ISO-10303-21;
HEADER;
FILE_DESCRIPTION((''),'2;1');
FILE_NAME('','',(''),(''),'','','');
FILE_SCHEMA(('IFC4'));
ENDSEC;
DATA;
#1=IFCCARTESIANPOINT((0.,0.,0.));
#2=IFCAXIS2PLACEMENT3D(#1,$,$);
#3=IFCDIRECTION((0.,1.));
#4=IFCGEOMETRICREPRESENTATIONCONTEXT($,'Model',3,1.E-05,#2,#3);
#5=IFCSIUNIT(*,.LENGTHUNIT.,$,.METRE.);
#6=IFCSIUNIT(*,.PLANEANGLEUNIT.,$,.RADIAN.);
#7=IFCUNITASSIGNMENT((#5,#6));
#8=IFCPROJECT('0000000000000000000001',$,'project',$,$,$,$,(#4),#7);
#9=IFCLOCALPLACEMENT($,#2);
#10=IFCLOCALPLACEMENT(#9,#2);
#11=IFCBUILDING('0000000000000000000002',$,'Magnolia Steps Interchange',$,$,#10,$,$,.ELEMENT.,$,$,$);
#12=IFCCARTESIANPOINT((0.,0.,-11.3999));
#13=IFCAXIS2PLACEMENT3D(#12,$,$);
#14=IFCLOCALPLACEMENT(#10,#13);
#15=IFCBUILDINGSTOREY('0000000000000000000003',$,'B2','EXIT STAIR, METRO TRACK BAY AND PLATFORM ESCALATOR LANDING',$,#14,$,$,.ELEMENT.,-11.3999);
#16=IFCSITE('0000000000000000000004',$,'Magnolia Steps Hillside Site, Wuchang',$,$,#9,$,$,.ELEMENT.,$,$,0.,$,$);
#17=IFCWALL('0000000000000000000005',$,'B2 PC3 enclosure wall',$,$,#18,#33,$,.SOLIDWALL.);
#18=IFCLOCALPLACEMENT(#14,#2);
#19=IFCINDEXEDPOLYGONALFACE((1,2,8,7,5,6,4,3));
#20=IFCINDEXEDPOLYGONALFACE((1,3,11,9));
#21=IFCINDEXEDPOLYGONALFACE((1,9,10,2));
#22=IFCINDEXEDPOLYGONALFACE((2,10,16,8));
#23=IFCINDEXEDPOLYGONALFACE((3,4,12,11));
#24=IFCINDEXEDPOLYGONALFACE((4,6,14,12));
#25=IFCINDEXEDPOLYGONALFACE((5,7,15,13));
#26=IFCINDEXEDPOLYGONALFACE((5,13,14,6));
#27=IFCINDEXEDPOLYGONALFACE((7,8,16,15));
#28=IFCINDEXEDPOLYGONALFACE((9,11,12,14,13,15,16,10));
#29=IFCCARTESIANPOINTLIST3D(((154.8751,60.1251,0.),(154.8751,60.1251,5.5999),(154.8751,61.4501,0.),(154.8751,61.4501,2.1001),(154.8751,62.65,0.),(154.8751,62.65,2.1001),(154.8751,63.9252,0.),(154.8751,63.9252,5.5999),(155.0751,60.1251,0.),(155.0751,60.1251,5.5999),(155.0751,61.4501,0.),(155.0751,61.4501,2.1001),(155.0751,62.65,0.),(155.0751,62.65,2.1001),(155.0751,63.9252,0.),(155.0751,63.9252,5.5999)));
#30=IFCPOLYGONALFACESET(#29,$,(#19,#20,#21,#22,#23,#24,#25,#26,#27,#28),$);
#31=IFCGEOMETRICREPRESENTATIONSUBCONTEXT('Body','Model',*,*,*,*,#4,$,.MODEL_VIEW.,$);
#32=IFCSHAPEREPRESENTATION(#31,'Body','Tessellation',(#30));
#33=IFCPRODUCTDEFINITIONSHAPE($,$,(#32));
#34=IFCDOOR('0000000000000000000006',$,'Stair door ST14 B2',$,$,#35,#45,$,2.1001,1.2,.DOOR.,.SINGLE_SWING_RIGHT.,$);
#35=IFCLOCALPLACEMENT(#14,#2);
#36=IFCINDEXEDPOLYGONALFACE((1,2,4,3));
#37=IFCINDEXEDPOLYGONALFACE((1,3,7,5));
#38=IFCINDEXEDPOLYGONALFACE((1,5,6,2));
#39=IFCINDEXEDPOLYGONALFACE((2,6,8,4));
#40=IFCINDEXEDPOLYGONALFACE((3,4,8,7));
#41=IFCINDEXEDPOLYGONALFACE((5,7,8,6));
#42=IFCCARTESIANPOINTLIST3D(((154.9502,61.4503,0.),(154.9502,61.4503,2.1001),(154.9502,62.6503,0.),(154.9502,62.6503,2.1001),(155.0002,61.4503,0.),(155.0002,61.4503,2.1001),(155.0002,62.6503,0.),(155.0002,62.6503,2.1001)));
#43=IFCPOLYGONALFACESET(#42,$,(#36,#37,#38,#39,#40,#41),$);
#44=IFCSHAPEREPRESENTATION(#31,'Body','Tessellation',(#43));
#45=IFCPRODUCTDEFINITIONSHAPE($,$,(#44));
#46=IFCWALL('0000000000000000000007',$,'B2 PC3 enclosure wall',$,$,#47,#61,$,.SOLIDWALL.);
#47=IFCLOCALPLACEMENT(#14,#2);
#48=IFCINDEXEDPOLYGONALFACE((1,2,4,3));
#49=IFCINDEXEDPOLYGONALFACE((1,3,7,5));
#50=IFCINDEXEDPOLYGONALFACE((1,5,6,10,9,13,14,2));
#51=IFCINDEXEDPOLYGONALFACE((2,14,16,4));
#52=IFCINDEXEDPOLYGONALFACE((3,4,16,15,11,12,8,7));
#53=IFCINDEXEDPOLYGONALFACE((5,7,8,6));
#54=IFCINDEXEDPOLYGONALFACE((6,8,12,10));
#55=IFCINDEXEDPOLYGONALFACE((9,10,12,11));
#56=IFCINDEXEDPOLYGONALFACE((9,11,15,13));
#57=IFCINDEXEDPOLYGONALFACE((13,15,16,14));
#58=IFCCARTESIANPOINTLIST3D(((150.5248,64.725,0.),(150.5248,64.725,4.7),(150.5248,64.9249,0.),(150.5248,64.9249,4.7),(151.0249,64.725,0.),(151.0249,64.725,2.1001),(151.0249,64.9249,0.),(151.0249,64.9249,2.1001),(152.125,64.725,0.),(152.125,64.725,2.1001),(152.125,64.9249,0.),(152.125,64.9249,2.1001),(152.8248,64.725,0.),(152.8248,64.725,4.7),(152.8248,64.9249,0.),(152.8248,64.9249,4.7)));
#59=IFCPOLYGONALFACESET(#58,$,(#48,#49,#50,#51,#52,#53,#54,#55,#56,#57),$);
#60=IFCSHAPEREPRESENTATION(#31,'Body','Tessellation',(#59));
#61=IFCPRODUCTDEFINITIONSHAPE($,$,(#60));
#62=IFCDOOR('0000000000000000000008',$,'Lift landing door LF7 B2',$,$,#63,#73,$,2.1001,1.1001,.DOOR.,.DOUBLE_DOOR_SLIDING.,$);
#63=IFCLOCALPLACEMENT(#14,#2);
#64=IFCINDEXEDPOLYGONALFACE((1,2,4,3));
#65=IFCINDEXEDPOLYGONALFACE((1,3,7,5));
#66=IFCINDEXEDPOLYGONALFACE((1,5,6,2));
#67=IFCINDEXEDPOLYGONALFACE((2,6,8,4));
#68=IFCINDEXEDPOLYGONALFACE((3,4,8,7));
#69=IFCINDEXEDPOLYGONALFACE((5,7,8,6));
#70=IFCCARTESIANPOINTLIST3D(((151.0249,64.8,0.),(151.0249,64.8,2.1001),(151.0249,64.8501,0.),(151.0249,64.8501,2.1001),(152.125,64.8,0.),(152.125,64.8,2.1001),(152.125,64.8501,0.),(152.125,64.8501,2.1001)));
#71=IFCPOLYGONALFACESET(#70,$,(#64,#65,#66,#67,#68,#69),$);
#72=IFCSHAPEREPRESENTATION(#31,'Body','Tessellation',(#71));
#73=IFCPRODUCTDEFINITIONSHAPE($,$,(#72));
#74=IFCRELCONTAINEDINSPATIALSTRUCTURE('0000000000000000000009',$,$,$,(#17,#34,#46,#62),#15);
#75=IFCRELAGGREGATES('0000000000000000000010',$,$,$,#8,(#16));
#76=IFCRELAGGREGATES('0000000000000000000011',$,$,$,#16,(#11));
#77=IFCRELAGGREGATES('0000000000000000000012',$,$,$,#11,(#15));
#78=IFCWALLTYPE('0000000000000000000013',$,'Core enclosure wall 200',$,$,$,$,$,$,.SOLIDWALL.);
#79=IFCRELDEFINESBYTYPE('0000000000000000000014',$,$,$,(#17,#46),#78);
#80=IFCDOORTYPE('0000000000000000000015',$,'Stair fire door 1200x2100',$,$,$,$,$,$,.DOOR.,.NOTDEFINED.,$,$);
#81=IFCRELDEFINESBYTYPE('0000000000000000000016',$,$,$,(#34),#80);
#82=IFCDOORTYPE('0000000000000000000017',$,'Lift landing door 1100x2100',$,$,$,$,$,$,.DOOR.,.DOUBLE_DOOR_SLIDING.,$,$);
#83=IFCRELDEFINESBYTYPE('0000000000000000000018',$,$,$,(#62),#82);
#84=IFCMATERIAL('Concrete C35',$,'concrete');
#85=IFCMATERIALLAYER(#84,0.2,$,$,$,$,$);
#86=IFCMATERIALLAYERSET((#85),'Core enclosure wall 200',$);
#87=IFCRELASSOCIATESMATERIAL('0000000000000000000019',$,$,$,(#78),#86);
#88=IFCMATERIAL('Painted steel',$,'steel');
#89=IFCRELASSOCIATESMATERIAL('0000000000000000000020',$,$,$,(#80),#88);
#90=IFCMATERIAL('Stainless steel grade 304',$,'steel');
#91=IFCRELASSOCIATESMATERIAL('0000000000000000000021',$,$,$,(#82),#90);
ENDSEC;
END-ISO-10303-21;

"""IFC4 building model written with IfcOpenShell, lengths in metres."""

from ifc_helpers import new_model, si_unit, direction, frame, frame_2d, origin, place, context, subcontext, project, spatial, rectangle, extrude, material, layer, layer_set, type_object, element, fill, save


model = new_model("IFC4")

# Units and contexts
model_context = context("Model", 3, precision=1e-05, world=origin(), true_north=direction((0.0, 1.0)))
body_context = subcontext(model_context, "Body", "Model", "MODEL_VIEW")
ifc_project = project(units=[si_unit("LENGTHUNIT", "METRE"), si_unit("PLANEANGLEUNIT", "RADIAN")], contexts=[model_context])

# Site, building, storey
site_placement = place(None, origin())
site = spatial("IfcSite", under=ifc_project, at=site_placement, Name="Magnolia Steps Hillside Site, Wuchang", CompositionType="ELEMENT", RefElevation=0.0)
building_placement = place(site_placement, origin())
building = spatial("IfcBuilding", under=site, at=building_placement, Name="Magnolia Steps Interchange", CompositionType="ELEMENT")
storey_placement = place(building_placement, frame((0.0, 0.0, -11.3999)))
storey = spatial("IfcBuildingStorey", under=building, at=storey_placement, Name="B2", Description="EXIT STAIR, METRO TRACK BAY AND PLATFORM ESCALATOR LANDING", CompositionType="ELEMENT", Elevation=-11.3999)

# Shared definitions
ifc_material_1 = material(Name="Concrete C35", Category="concrete")
ifc_layer = layer(ifc_material_1, 0.2)
ifc_layer_set = layer_set([ifc_layer], Name="Core enclosure wall 200")
wall_type = type_object("IfcWallType", Name="Core enclosure wall 200", PredefinedType="SOLIDWALL", material=ifc_layer_set)

# Walls, openings, doors
wall_1_placement = place(storey_placement, frame((154.9751, 63.925, 0.0), z_axis=(0.0, 0.0, 1.0), x_axis=(0.0, -1.0, 0.0)))
wall_1 = element("IfcWall", 1, at=wall_1_placement, inside=storey, type_object=wall_type, Name="B2 PC3 enclosure wall", PredefinedType="SOLIDWALL", context=body_context, shape_type="SweptSolid", body=[
    extrude(rectangle(XDim=3.8, YDim=0.2, at=frame_2d((1.8999, 0.0))), origin(), (0.0, 0.0, 1.0), 5.5999),
])
opening_1_placement = place(wall_1_placement, frame((1.2749, 0.0, 0.0)))
opening_1 = element("IfcOpeningElement", 2, at=opening_1_placement, cuts=wall_1, PredefinedType="OPENING", context=body_context, shape_type="SweptSolid", body=[
    extrude(rectangle(XDim=1.2, YDim=2.1001, at=frame_2d((0.6001, 1.05))), frame((0.0, 0.1099, 0.0), z_axis=(0.0, -1.0, 0.0), x_axis=(1.0, 0.0, 0.0)), (0.0, 0.0, 1.0), 0.22),
])
ifc_material_2 = material(Name="Painted steel", Category="steel")
door_type_1 = type_object("IfcDoorType", Name="Stair fire door 1200x2100", OperationType="NOTDEFINED", PredefinedType="DOOR", material=ifc_material_2)
door_1_placement = place(opening_1_placement, frame((1.2, 0.0, 0.0), z_axis=(0.0, 0.0, 1.0), x_axis=(-1.0, 0.0, 0.0)))
door_1 = element("IfcDoor", 3, at=door_1_placement, inside=storey, type_object=door_type_1, Name="Stair door ST14 B2", OperationType="SINGLE_SWING_RIGHT", OverallHeight=2.1001, OverallWidth=1.2, PredefinedType="DOOR", context=body_context, shape_type="SweptSolid", body=[
    extrude(rectangle(XDim=1.2, YDim=2.1001, at=frame_2d((0.6001, 1.05))), frame((0.0, 0.0249, 0.0), z_axis=(0.0, -1.0, 0.0), x_axis=(1.0, 0.0, 0.0)), (0.0, 0.0, 1.0), 0.05),
])
fill(opening_1, door_1)
wall_2_placement = place(storey_placement, frame((150.5249, 64.825, 0.0), z_axis=(0.0, 0.0, 1.0), x_axis=(1.0, 0.0, 0.0)))
wall_2 = element("IfcWall", 4, at=wall_2_placement, inside=storey, type_object=wall_type, Name="B2 PC3 enclosure wall", PredefinedType="SOLIDWALL", context=body_context, shape_type="SweptSolid", body=[
    extrude(rectangle(XDim=2.3, YDim=0.2, at=frame_2d((1.1499, 0.0))), origin(), (0.0, 0.0, 1.0), 4.7),
])
opening_2_placement = place(wall_2_placement, frame((0.5, 0.0, 0.0)))
opening_2 = element("IfcOpeningElement", 5, at=opening_2_placement, cuts=wall_2, PredefinedType="OPENING", context=body_context, shape_type="SweptSolid", body=[
    extrude(rectangle(XDim=1.1001, YDim=2.1001, at=frame_2d((0.55, 1.05))), frame((0.0, 0.1099, 0.0), z_axis=(0.0, -1.0, 0.0), x_axis=(1.0, 0.0, 0.0)), (0.0, 0.0, 1.0), 0.22),
])
ifc_material_3 = material(Name="Stainless steel grade 304", Category="steel")
door_type_2 = type_object("IfcDoorType", Name="Lift landing door 1100x2100", OperationType="DOUBLE_DOOR_SLIDING", PredefinedType="DOOR", material=ifc_material_3)
door_2_placement = place(opening_2_placement, frame((1.1001, 0.0, 0.0), z_axis=(0.0, 0.0, 1.0), x_axis=(-1.0, 0.0, 0.0)))
door_2 = element("IfcDoor", 6, at=door_2_placement, inside=storey, type_object=door_type_2, Name="Lift landing door LF7 B2", OperationType="DOUBLE_DOOR_SLIDING", OverallHeight=2.1001, OverallWidth=1.1001, PredefinedType="DOOR", context=body_context, shape_type="SweptSolid", body=[
    extrude(rectangle(XDim=1.1001, YDim=2.1001, at=frame_2d((0.55, 1.05))), frame((0.0, 0.0249, 0.0), z_axis=(0.0, -1.0, 0.0), x_axis=(1.0, 0.0, 0.0)), (0.0, 0.0, 1.0), 0.05),
])
fill(opening_2, door_2)

save(model, "model.ifc")
